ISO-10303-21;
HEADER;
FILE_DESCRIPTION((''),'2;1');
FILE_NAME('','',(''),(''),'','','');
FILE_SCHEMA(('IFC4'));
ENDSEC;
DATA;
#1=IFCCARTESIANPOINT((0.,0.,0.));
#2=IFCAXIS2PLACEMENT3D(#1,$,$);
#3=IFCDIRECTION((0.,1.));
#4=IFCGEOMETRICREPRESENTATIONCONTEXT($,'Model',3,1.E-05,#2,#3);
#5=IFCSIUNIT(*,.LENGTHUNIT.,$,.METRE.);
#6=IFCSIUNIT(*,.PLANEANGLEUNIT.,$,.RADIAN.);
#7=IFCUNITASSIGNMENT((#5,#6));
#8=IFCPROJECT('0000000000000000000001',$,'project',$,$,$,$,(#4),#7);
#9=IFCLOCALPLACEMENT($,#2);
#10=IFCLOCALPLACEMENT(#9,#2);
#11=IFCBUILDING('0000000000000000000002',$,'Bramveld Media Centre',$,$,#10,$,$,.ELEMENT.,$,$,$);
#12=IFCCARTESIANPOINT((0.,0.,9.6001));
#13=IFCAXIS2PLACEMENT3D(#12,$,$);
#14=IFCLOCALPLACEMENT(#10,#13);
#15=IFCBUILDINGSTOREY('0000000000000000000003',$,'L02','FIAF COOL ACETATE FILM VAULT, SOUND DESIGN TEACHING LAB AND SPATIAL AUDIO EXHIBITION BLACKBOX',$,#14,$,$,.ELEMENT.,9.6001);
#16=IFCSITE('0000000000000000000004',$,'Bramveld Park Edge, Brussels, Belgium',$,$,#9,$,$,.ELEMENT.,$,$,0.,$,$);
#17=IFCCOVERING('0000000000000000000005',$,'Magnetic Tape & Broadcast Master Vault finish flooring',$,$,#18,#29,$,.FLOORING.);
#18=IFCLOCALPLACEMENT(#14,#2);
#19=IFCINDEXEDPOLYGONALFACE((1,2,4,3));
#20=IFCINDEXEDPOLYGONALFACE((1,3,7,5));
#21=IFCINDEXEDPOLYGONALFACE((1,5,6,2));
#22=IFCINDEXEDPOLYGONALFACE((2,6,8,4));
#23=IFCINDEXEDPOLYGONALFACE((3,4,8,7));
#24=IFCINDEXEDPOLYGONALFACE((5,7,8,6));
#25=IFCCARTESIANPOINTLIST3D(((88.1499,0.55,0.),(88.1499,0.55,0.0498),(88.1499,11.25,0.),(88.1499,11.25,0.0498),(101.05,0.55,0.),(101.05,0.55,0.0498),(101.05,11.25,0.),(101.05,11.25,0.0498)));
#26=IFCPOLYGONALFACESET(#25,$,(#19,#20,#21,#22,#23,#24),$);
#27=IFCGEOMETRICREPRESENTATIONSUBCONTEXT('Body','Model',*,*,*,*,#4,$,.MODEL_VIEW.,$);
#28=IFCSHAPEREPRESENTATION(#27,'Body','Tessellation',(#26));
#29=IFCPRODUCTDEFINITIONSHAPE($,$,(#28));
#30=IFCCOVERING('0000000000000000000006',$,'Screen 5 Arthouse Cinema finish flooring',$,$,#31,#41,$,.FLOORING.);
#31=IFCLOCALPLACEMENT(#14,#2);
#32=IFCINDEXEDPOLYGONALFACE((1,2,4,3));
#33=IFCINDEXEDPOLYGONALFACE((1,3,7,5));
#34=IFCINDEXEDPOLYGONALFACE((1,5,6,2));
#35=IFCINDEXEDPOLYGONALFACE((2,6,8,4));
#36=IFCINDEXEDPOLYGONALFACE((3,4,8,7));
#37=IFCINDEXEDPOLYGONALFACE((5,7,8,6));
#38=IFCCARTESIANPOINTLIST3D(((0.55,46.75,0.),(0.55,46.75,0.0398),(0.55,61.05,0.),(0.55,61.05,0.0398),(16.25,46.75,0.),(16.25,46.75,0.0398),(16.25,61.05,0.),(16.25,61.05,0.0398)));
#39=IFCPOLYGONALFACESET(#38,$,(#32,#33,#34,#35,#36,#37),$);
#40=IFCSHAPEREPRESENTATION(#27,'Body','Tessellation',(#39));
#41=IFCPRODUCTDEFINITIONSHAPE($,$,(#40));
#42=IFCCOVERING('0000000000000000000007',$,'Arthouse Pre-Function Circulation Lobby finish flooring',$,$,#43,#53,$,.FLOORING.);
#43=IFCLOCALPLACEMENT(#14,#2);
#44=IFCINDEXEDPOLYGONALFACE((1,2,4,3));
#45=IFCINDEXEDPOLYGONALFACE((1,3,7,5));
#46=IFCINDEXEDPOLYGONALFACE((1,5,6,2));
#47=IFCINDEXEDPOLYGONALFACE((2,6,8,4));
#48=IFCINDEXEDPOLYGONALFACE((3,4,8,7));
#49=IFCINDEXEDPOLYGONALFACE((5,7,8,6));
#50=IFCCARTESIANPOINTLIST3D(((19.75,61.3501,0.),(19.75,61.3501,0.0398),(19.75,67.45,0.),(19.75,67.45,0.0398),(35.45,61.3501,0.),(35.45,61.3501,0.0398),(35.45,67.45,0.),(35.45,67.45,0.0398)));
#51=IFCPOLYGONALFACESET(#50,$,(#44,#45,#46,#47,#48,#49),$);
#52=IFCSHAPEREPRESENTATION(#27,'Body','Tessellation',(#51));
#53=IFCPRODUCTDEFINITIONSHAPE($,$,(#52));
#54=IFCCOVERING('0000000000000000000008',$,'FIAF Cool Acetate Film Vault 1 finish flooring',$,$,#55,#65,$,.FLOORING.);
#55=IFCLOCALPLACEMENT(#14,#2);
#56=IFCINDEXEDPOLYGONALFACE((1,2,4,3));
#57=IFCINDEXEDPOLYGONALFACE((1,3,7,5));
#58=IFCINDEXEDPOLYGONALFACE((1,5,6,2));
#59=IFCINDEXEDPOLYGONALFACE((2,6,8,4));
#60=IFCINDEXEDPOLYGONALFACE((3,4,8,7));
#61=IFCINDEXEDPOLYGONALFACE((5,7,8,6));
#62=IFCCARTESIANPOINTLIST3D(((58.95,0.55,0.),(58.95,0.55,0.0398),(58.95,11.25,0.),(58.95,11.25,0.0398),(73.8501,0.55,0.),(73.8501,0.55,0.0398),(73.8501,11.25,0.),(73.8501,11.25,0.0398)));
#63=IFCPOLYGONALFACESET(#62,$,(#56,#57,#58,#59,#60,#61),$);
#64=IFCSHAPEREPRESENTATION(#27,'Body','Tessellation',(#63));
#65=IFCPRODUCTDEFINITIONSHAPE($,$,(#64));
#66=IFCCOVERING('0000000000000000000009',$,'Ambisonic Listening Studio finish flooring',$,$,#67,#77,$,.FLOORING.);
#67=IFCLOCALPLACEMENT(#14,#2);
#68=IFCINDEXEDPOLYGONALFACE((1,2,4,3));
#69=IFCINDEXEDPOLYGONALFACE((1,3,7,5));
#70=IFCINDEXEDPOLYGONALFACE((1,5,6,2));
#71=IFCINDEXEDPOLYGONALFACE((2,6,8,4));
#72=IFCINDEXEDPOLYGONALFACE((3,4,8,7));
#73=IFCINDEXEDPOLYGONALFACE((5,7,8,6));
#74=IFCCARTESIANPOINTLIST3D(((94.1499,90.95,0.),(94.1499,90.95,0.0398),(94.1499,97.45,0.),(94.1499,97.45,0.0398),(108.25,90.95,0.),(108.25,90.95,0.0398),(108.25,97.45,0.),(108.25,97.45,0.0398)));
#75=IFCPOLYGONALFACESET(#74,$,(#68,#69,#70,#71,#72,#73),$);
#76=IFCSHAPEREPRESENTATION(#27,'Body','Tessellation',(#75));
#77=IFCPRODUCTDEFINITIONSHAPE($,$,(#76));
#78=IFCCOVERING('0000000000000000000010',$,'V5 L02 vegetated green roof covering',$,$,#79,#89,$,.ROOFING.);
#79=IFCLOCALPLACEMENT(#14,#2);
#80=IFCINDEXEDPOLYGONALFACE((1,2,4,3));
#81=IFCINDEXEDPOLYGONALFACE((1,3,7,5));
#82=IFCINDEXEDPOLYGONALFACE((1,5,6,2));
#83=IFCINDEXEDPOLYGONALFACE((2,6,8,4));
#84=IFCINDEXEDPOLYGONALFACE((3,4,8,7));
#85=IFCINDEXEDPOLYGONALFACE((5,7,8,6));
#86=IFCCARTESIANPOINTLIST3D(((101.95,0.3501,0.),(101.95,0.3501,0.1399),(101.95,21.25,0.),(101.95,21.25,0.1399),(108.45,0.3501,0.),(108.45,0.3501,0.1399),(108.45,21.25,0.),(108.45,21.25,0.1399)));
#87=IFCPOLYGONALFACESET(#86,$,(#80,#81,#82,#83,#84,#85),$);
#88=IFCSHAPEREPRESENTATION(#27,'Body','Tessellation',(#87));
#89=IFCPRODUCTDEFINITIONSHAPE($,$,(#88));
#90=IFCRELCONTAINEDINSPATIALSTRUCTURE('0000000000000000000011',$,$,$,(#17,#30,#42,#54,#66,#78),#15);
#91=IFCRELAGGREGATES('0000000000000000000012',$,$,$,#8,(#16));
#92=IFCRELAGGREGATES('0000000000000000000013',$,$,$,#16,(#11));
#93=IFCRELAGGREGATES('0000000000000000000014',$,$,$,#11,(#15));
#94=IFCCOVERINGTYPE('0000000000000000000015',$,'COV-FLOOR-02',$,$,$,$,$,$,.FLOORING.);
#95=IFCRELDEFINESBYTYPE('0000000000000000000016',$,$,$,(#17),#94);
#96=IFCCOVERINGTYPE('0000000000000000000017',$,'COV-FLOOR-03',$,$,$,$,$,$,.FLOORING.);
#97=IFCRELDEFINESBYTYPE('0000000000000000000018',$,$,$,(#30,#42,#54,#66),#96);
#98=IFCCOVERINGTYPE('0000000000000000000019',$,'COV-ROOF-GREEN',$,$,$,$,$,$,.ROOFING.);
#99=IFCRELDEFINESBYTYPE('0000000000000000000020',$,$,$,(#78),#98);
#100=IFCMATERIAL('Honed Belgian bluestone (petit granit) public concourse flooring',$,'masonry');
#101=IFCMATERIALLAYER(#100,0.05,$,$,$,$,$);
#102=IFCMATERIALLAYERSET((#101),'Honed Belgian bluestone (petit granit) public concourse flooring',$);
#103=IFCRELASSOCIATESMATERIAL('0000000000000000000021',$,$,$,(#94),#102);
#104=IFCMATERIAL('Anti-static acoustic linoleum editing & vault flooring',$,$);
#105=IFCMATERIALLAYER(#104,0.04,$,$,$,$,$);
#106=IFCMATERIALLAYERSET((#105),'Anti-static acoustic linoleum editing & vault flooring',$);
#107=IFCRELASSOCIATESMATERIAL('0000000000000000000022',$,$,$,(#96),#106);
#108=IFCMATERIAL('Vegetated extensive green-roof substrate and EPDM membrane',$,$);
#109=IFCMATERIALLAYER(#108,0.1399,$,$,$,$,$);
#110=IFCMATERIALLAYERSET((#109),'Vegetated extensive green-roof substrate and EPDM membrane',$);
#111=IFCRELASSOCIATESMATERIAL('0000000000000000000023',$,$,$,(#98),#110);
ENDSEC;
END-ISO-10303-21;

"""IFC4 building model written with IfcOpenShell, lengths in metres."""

from ifc_helpers import new_model, si_unit, direction, frame, origin, place, context, subcontext, project, spatial, polyline, outline, extrude, material, layer, layer_set, type_object, element, save


model = new_model("IFC4")

# Units and contexts
model_context = context("Model", 3, precision=1e-05, world=origin(), true_north=direction((0.0, 1.0)))
body_context = subcontext(model_context, "Body", "Model", "MODEL_VIEW")
ifc_project = project(units=[si_unit("LENGTHUNIT", "METRE"), si_unit("PLANEANGLEUNIT", "RADIAN")], contexts=[model_context])

# Site, building, storey
site_placement = place(None, origin())
site = spatial("IfcSite", under=ifc_project, at=site_placement, Name="Bramveld Park Edge, Brussels, Belgium", CompositionType="ELEMENT", RefElevation=0.0)
building_placement = place(site_placement, origin())
building = spatial("IfcBuilding", under=site, at=building_placement, Name="Bramveld Media Centre", CompositionType="ELEMENT")
storey_placement = place(building_placement, frame((0.0, 0.0, 9.6001)))
storey = spatial("IfcBuildingStorey", under=building, at=storey_placement, Name="L02", Description="FIAF COOL ACETATE FILM VAULT, SOUND DESIGN TEACHING LAB AND SPATIAL AUDIO EXHIBITION BLACKBOX", CompositionType="ELEMENT", Elevation=9.6001)

# Coverings
ifc_material_1 = material(Name="Honed Belgian bluestone (petit granit) public concourse flooring", Category="masonry")
ifc_layer_1 = layer(ifc_material_1, 0.05)
ifc_layer_set_1 = layer_set([ifc_layer_1], Name="Honed Belgian bluestone (petit granit) public concourse flooring")
covering_type_1 = type_object("IfcCoveringType", Name="COV-FLOOR-02", PredefinedType="FLOORING", material=ifc_layer_set_1)
covering_1_placement = place(storey_placement, origin())
element("IfcCovering", 1, at=covering_1_placement, inside=storey, type_object=covering_type_1, Name="Magnetic Tape & Broadcast Master Vault finish flooring", PredefinedType="FLOORING", context=body_context, shape_type="SweptSolid", body=[
    extrude(outline(polyline([(88.1499, 0.55), (101.05, 0.55), (101.05, 11.25), (88.1499, 11.25), (88.1499, 0.55)])), origin(), (0.0, 0.0, 1.0), 0.0498),
])
ifc_material_2 = material(Name="Anti-static acoustic linoleum editing & vault flooring")
ifc_layer_2 = layer(ifc_material_2, 0.04)
ifc_layer_set_2 = layer_set([ifc_layer_2], Name="Anti-static acoustic linoleum editing & vault flooring")
covering_type_2 = type_object("IfcCoveringType", Name="COV-FLOOR-03", PredefinedType="FLOORING", material=ifc_layer_set_2)
covering_2_placement = place(storey_placement, origin())
element("IfcCovering", 2, at=covering_2_placement, inside=storey, type_object=covering_type_2, Name="Screen 5 Arthouse Cinema finish flooring", PredefinedType="FLOORING", context=body_context, shape_type="SweptSolid", body=[
    extrude(outline(polyline([(0.55, 46.75), (16.25, 46.75), (16.25, 61.05), (0.55, 61.05), (0.55, 46.75)])), origin(), (0.0, 0.0, 1.0), 0.0398),
])
covering_3_placement = place(storey_placement, origin())
element("IfcCovering", 3, at=covering_3_placement, inside=storey, type_object=covering_type_2, Name="Arthouse Pre-Function Circulation Lobby finish flooring", PredefinedType="FLOORING", context=body_context, shape_type="SweptSolid", body=[
    extrude(outline(polyline([(19.75, 61.3501), (35.45, 61.3501), (35.45, 67.45), (19.75, 67.45), (19.75, 61.3501)])), origin(), (0.0, 0.0, 1.0), 0.0398),
])
covering_4_placement = place(storey_placement, origin())
element("IfcCovering", 4, at=covering_4_placement, inside=storey, type_object=covering_type_2, Name="FIAF Cool Acetate Film Vault 1 finish flooring", PredefinedType="FLOORING", context=body_context, shape_type="SweptSolid", body=[
    extrude(outline(polyline([(58.95, 0.55), (73.8501, 0.55), (73.8501, 11.25), (58.95, 11.25), (58.95, 0.55)])), origin(), (0.0, 0.0, 1.0), 0.0398),
])
covering_5_placement = place(storey_placement, origin())
element("IfcCovering", 5, at=covering_5_placement, inside=storey, type_object=covering_type_2, Name="Ambisonic Listening Studio finish flooring", PredefinedType="FLOORING", context=body_context, shape_type="SweptSolid", body=[
    extrude(outline(polyline([(94.1499, 90.95), (108.25, 90.95), (108.25, 97.45), (94.1499, 97.45), (94.1499, 90.95)])), origin(), (0.0, 0.0, 1.0), 0.0398),
])
ifc_material_3 = material(Name="Vegetated extensive green-roof substrate and EPDM membrane")
ifc_layer_3 = layer(ifc_material_3, 0.1399)
ifc_layer_set_3 = layer_set([ifc_layer_3], Name="Vegetated extensive green-roof substrate and EPDM membrane")
covering_type_3 = type_object("IfcCoveringType", Name="COV-ROOF-GREEN", PredefinedType="ROOFING", material=ifc_layer_set_3)
covering_6_placement = place(storey_placement, origin())
element("IfcCovering", 6, at=covering_6_placement, inside=storey, type_object=covering_type_3, Name="V5 L02 vegetated green roof covering", PredefinedType="ROOFING", context=body_context, shape_type="SweptSolid", body=[
    extrude(outline(polyline([(101.95, 0.3501), (108.45, 0.3501), (108.45, 21.25), (101.95, 21.25), (101.95, 0.3501)])), origin(), (0.0, 0.0, 1.0), 0.1399),
])

save(model, "model.ifc")
